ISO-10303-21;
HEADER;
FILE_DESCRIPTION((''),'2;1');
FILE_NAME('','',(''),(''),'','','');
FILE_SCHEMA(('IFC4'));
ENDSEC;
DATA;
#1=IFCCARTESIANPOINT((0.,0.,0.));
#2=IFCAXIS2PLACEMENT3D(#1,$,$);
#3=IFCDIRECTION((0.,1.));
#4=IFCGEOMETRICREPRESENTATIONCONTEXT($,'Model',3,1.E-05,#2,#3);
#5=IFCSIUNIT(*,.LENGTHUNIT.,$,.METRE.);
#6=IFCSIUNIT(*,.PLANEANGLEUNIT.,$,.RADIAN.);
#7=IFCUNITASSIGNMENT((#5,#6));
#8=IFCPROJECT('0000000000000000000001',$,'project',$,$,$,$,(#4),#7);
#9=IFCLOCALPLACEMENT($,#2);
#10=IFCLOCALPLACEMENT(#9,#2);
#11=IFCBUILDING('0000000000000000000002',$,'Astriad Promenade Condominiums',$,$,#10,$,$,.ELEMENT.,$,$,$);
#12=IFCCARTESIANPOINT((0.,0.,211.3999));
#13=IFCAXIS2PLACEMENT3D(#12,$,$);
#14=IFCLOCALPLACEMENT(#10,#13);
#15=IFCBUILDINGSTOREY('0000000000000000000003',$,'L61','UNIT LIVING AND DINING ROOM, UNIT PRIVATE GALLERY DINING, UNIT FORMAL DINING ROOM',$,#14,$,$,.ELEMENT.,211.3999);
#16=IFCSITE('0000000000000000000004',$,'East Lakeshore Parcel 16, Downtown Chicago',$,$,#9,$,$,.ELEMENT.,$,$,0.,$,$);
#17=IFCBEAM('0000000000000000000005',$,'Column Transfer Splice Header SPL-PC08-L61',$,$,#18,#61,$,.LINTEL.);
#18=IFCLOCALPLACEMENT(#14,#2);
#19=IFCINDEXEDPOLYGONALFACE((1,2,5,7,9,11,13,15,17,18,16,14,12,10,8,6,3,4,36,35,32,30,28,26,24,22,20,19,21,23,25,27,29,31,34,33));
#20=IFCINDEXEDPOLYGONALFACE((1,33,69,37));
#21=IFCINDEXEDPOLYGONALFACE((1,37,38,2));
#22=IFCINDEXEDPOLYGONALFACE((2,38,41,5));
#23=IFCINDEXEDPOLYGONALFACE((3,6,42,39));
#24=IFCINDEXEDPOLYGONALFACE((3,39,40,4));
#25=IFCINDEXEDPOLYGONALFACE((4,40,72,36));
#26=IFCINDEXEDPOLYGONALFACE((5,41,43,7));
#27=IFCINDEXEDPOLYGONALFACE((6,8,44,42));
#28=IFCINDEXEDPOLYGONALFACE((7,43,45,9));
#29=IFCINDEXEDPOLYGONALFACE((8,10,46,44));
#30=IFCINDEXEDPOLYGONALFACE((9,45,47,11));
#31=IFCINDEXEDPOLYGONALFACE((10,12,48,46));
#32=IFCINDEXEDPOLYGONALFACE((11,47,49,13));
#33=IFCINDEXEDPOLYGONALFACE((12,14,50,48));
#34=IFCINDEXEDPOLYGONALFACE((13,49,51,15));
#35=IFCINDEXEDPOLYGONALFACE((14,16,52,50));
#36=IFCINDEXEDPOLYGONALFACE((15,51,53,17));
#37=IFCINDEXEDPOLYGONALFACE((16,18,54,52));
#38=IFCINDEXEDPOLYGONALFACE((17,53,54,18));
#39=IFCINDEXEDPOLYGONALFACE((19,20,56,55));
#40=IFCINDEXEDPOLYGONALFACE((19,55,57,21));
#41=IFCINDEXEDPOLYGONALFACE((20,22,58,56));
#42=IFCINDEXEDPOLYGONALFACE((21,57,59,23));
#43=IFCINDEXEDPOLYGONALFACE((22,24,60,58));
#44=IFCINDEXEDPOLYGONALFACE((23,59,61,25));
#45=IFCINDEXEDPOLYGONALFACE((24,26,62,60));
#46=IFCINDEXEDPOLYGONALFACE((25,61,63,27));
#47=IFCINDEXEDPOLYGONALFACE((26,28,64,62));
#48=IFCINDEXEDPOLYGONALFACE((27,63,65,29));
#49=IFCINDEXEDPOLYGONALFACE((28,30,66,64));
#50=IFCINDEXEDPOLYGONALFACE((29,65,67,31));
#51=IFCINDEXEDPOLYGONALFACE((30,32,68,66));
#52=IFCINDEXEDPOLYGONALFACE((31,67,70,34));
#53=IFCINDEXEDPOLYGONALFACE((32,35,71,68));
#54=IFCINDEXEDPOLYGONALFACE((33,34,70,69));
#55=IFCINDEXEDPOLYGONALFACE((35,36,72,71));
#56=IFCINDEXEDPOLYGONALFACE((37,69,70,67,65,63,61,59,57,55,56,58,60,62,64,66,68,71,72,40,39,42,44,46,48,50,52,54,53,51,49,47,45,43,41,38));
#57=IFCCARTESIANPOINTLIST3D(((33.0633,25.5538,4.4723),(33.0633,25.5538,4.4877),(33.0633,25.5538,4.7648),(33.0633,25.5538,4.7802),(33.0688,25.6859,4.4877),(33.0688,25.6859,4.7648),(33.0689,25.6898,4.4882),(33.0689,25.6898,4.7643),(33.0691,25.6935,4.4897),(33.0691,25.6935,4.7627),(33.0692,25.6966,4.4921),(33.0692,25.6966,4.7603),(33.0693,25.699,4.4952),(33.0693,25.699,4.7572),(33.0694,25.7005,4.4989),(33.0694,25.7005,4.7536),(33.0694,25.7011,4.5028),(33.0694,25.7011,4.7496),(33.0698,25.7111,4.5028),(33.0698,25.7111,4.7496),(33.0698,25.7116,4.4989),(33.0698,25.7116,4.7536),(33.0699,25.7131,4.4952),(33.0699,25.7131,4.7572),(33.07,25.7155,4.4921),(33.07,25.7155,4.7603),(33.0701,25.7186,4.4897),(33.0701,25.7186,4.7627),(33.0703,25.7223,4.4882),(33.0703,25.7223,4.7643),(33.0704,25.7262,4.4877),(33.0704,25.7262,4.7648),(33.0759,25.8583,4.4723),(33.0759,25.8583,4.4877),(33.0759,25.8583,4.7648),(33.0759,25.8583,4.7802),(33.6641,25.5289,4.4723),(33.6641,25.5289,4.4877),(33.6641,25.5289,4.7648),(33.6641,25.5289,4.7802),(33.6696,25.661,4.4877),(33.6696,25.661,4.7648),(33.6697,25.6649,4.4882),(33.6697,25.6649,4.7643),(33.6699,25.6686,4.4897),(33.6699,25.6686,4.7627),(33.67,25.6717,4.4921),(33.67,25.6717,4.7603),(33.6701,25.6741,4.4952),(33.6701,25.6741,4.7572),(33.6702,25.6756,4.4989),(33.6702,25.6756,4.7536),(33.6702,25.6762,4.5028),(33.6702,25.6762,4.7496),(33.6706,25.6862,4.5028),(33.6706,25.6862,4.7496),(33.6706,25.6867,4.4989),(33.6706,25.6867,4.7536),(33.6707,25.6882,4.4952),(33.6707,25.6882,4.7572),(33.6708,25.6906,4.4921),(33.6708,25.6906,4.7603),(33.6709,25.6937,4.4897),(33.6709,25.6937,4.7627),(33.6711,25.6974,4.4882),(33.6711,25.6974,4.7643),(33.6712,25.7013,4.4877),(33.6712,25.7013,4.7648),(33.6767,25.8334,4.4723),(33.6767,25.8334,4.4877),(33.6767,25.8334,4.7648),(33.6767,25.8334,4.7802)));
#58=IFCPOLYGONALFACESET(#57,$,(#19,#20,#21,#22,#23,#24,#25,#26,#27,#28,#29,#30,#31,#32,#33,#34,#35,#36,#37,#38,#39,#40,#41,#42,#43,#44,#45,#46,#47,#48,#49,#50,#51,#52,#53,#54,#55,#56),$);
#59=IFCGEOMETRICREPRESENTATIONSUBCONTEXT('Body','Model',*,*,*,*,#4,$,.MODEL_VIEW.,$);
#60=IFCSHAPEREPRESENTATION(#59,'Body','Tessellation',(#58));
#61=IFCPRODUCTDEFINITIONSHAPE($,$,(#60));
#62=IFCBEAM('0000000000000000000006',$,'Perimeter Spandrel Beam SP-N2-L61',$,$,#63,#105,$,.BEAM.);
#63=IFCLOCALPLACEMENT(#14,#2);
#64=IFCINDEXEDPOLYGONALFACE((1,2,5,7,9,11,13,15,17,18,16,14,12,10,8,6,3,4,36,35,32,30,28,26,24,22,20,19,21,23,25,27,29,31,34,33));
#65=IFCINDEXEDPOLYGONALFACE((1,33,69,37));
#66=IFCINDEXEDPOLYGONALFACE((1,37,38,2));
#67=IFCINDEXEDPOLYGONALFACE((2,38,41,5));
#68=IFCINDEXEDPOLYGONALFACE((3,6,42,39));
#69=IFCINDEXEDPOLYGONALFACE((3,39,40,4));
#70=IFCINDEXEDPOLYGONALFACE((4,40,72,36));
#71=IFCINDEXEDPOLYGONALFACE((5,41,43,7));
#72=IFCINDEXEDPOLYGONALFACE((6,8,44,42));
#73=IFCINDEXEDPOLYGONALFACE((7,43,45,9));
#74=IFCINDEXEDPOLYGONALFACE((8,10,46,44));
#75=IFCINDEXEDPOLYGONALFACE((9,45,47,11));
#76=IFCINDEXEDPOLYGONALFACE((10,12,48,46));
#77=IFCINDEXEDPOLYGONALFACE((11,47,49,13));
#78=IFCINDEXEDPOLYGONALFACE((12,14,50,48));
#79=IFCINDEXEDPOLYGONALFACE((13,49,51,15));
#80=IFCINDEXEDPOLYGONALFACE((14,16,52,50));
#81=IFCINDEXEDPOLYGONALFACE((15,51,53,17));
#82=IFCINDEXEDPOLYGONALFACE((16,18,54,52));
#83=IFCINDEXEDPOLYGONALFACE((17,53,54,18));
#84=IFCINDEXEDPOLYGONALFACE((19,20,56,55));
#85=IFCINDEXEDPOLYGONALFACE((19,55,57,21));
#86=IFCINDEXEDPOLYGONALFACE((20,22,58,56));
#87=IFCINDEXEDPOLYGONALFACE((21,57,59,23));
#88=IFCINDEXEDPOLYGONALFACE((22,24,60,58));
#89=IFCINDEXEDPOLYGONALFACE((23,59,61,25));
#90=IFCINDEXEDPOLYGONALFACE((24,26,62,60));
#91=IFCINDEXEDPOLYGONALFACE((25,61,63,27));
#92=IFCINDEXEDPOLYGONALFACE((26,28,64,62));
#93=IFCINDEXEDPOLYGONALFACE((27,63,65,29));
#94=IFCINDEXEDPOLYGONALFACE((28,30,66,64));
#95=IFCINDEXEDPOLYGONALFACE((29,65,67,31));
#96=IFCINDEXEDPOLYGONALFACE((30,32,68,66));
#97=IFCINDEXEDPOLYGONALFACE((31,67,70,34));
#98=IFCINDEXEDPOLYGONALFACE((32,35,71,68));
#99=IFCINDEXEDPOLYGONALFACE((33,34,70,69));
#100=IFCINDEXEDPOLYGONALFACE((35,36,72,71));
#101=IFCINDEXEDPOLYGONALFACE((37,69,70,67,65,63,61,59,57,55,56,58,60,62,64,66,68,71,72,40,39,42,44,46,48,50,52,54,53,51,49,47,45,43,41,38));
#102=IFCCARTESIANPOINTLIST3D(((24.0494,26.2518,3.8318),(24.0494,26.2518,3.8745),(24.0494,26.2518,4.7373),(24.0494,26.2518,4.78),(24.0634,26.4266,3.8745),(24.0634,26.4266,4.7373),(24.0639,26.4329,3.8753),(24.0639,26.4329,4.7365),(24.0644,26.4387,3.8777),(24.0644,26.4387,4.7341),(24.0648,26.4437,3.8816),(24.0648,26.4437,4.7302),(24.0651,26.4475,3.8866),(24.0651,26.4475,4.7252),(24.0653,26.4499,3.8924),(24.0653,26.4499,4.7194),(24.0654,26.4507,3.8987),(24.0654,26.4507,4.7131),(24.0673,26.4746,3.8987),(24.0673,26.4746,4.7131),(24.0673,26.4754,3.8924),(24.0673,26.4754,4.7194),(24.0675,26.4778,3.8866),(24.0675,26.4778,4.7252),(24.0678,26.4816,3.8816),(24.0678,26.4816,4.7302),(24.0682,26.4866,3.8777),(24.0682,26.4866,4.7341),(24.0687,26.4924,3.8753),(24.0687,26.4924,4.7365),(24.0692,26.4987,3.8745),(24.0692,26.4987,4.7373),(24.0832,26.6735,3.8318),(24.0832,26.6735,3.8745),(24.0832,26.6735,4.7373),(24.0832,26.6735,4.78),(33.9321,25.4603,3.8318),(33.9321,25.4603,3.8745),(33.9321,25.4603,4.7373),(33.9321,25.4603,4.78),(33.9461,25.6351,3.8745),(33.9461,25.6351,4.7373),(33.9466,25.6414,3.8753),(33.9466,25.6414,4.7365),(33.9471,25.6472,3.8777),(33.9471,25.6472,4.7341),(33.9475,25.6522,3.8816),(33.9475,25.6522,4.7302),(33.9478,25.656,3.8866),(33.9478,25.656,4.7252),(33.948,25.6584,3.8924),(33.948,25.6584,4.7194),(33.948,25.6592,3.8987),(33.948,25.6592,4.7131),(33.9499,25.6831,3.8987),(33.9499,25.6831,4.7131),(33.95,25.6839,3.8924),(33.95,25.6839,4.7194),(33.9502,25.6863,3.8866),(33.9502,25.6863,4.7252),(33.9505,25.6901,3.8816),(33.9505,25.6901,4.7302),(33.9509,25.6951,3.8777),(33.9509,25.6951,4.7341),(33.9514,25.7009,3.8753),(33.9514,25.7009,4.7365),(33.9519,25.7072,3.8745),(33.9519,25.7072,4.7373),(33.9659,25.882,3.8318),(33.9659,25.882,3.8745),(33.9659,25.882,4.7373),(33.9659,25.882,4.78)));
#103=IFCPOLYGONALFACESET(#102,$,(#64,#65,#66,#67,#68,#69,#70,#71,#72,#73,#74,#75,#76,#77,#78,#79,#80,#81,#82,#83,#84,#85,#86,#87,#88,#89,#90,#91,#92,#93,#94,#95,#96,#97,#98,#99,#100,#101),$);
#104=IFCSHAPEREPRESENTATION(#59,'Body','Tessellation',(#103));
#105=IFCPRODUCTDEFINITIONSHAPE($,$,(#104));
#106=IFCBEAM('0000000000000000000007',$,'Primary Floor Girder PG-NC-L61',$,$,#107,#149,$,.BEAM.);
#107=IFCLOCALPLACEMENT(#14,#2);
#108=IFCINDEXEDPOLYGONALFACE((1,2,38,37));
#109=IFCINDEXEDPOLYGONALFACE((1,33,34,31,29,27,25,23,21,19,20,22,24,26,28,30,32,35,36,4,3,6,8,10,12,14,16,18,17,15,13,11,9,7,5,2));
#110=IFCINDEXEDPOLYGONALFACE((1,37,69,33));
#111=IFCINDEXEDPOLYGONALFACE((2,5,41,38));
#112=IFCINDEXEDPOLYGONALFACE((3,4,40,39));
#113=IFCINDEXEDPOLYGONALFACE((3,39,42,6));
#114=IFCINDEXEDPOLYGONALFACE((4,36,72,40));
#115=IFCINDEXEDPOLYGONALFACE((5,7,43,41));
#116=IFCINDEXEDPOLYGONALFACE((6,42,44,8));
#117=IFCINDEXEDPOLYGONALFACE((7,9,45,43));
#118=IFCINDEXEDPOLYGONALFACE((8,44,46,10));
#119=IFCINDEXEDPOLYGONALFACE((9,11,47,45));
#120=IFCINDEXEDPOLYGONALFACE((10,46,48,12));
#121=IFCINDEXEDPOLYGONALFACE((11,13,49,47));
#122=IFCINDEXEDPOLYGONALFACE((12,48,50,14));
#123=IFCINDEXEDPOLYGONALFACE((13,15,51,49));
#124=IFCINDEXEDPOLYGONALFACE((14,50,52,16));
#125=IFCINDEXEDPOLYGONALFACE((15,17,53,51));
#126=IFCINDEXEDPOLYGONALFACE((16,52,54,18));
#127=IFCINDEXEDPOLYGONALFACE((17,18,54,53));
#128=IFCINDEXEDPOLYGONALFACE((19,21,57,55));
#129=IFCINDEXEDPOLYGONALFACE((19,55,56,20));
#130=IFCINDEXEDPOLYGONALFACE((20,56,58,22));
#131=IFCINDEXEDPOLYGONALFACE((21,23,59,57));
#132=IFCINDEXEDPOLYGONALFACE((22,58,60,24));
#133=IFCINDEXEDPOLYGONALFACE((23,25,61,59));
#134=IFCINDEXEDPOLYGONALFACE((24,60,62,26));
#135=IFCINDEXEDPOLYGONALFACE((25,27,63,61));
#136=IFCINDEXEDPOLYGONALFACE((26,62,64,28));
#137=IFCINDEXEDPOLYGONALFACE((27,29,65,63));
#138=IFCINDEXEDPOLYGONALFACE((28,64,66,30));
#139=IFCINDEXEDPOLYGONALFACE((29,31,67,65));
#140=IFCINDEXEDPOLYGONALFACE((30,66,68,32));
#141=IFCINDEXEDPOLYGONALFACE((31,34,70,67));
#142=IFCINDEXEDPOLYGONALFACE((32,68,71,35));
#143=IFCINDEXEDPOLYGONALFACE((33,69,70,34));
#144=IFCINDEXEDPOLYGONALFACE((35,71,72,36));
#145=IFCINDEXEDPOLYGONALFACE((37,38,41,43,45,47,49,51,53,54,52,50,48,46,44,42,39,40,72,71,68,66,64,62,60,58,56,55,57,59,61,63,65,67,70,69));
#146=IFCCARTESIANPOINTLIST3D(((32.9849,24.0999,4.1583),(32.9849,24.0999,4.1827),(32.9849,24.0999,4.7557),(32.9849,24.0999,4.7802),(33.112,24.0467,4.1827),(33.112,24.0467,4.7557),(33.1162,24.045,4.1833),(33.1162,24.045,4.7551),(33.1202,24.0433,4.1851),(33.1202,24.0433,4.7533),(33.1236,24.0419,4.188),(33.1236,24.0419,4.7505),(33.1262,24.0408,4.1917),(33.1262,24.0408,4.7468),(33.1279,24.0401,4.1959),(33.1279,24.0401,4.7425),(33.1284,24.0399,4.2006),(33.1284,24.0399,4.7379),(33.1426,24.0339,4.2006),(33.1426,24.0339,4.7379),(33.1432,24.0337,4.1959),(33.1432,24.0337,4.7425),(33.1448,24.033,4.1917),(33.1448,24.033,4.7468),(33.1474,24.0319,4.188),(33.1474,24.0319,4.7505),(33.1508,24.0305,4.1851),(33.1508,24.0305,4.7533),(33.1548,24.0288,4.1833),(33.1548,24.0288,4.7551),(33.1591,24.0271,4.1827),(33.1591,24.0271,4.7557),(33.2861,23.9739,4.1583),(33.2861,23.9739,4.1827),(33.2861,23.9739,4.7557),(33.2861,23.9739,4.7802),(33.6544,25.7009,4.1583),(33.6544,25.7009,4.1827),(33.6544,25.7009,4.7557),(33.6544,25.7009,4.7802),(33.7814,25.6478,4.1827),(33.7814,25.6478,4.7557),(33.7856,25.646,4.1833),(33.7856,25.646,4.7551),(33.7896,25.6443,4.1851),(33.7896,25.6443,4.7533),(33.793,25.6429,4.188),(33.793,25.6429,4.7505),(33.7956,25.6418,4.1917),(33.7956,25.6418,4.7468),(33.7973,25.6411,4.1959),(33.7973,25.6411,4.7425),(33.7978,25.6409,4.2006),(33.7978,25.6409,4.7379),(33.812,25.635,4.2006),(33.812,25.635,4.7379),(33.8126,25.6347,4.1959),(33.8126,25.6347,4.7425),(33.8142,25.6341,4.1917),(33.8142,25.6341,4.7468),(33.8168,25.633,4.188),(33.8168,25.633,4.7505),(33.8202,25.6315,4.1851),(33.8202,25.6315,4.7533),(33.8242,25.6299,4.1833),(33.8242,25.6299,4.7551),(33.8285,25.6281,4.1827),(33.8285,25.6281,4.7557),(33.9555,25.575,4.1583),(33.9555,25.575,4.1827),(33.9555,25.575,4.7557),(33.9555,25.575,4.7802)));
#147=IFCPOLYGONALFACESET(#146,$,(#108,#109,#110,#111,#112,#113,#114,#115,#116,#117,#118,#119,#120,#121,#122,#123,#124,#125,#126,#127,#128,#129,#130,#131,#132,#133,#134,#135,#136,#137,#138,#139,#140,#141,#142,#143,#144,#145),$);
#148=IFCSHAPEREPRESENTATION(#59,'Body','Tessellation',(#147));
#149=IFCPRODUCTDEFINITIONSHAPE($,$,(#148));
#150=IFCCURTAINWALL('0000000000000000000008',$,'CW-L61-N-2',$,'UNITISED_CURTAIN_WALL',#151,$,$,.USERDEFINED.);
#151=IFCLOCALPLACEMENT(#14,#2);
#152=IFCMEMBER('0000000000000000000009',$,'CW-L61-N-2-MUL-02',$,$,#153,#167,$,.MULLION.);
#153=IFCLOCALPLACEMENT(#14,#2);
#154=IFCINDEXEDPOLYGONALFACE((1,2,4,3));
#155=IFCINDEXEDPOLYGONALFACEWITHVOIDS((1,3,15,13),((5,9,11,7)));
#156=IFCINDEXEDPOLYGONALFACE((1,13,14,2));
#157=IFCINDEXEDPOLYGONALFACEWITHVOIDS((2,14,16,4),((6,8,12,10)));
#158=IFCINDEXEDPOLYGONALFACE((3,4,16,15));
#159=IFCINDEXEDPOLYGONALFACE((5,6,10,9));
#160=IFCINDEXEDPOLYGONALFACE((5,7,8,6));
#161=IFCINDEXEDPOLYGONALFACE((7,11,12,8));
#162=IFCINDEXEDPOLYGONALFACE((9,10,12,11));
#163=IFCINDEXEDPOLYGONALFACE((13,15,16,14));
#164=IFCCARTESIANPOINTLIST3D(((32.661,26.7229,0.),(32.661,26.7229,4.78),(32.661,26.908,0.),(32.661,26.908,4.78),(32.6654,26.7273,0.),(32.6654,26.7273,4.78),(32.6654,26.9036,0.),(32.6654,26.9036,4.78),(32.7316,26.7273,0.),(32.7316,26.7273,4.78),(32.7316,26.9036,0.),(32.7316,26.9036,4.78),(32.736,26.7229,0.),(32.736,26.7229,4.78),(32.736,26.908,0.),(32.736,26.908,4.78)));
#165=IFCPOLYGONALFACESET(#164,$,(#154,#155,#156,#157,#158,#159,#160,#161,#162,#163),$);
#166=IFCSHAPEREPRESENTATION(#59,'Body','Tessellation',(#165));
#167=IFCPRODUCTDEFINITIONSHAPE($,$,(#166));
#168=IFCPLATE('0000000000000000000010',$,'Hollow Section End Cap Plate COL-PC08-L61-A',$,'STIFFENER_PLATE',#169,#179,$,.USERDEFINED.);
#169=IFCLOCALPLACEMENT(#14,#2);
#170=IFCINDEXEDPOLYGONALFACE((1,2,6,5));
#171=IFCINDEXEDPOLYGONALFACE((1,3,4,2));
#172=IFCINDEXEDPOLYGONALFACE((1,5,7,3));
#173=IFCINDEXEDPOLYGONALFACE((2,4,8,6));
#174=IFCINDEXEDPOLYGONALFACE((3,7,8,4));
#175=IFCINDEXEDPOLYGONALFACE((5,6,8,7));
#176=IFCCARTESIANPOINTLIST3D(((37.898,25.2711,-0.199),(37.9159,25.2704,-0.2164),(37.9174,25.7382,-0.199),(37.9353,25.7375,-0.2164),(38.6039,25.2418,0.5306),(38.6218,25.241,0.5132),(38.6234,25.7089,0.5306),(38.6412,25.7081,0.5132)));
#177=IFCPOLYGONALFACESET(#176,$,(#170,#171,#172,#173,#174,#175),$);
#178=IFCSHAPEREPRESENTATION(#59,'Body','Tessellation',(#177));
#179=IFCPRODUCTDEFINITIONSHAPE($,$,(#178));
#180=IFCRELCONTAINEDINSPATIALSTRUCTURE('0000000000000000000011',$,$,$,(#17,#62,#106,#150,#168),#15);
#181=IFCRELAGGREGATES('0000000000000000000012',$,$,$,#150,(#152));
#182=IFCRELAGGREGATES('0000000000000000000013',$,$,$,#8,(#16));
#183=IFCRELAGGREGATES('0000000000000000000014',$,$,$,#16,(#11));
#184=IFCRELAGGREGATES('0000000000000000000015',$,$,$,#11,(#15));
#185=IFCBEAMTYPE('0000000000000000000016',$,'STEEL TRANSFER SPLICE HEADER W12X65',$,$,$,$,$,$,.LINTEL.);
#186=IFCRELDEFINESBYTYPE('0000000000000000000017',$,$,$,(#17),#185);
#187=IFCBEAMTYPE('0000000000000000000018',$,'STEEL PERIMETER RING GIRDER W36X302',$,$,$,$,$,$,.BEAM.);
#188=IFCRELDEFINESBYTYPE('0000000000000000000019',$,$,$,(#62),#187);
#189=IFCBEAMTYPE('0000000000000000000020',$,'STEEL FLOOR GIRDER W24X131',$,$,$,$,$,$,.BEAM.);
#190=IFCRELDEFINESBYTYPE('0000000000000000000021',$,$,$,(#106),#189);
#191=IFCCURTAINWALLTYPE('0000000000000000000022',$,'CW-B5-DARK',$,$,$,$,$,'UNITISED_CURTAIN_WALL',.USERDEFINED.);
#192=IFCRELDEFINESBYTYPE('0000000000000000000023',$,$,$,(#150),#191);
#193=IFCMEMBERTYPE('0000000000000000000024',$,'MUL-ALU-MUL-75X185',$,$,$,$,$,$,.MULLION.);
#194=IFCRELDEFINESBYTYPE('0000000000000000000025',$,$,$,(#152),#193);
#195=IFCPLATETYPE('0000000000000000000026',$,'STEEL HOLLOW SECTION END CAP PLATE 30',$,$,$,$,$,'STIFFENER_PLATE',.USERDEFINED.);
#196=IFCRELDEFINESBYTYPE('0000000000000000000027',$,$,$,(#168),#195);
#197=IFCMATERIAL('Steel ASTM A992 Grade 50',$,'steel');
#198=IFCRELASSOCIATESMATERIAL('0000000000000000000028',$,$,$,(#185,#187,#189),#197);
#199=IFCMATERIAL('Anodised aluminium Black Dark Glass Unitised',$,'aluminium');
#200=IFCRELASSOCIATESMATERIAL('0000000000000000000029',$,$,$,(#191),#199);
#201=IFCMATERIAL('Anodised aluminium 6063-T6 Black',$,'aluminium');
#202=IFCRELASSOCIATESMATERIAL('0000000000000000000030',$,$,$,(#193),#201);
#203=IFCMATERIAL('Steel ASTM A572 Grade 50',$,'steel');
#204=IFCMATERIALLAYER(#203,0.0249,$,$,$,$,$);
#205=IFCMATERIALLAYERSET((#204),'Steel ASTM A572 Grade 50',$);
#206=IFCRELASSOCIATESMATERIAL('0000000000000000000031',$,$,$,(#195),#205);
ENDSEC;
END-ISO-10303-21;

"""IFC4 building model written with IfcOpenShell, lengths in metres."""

from ifc_helpers import new_model, si_unit, direction, frame, origin, origin_2d, place, context, subcontext, project, spatial, rectangle, hollow_rectangle, i_section, extrude, source, transform, mapped, material, layer, layer_set, material_profile, profile_set, type_object, type_shapes, element, aggregate, save


model = new_model("IFC4")

# Units and contexts
model_context = context("Model", 3, precision=1e-05, world=origin(), true_north=direction((0.0, 1.0)))
body_context = subcontext(model_context, "Body", "Model", "MODEL_VIEW")
ifc_project = project(units=[si_unit("LENGTHUNIT", "METRE"), si_unit("PLANEANGLEUNIT", "RADIAN")], contexts=[model_context])

# Site, building, storey
site_placement = place(None, origin())
site = spatial("IfcSite", under=ifc_project, at=site_placement, Name="East Lakeshore Parcel 16, Downtown Chicago", CompositionType="ELEMENT", RefElevation=0.0)
building_placement = place(site_placement, origin())
building = spatial("IfcBuilding", under=site, at=building_placement, Name="Astriad Promenade Condominiums", CompositionType="ELEMENT")
storey_placement = place(building_placement, frame((0.0, 0.0, 211.3999)))
storey = spatial("IfcBuildingStorey", under=building, at=storey_placement, Name="L61", Description="UNIT LIVING AND DINING ROOM, UNIT PRIVATE GALLERY DINING, UNIT FORMAL DINING ROOM", CompositionType="ELEMENT", Elevation=211.3999)

# Shared definitions
ifc_material_1 = material(Name="Steel ASTM A992 Grade 50", Category="steel")

# Beams
ifc_material_profile_1 = material_profile(ifc_material_1, i_section(OverallWidth=0.3047, OverallDepth=0.3079, WebThickness=0.01, FlangeThickness=0.0154, FilletRadius=0.0151, at=origin_2d()), Name="W12X65")
ifc_profile_set_1 = profile_set([ifc_material_profile_1], Name="Steel ASTM A992 Grade 50")
beam_type_1 = type_object("IfcBeamType", Name="STEEL TRANSFER SPLICE HEADER W12X65", PredefinedType="LINTEL", material=ifc_profile_set_1)
shared_shape_1 = source(origin(), body_context, "Body", "SweptSolid", [
    extrude(i_section(OverallWidth=0.3047, OverallDepth=0.3079, WebThickness=0.01, FlangeThickness=0.0154, FilletRadius=0.0151, at=origin_2d()), origin(), (0.0, 0.0, 1.0), 0.6013),
])
type_shapes(beam_type_1, [shared_shape_1])
beam_1_placement = place(storey_placement, frame((33.6704, 25.6812, 4.6262), z_axis=(-0.999142, 0.041411, 0.0), x_axis=(-0.041411, -0.999142, 0.0)))
element("IfcBeam", 1, at=beam_1_placement, inside=storey, type_object=beam_type_1, Name="Column Transfer Splice Header SPL-PC08-L61", PredefinedType="LINTEL", context=body_context, shape_type="MappedRepresentation", body=[
    mapped(shared_shape_1, transform((0.0, 0.0, 0.0), scale=1.0)),
])
ifc_material_profile_2 = material_profile(ifc_material_1, i_section(OverallWidth=0.4231, OverallDepth=0.9482, WebThickness=0.0239, FlangeThickness=0.0427, FilletRadius=0.0242, at=origin_2d()), Name="W36X302")
ifc_profile_set_2 = profile_set([ifc_material_profile_2], Name="Steel ASTM A992 Grade 50")
beam_type_2 = type_object("IfcBeamType", Name="STEEL PERIMETER RING GIRDER W36X302", PredefinedType="BEAM", material=ifc_profile_set_2)
shared_shape_2 = source(origin(), body_context, "Body", "SweptSolid", [
    extrude(i_section(OverallWidth=0.4231, OverallDepth=0.9482, WebThickness=0.0239, FlangeThickness=0.0427, FilletRadius=0.0242, at=origin_2d()), origin(), (0.0, 0.0, 1.0), 9.9143),
])
type_shapes(beam_type_2, [shared_shape_2])
beam_2_placement = place(storey_placement, frame((33.949, 25.6711, 4.3059), z_axis=(-0.996808, 0.079835, 0.0), x_axis=(-0.079835, -0.996808, 0.0)))
element("IfcBeam", 2, at=beam_2_placement, inside=storey, type_object=beam_type_2, Name="Perimeter Spandrel Beam SP-N2-L61", PredefinedType="BEAM", context=body_context, shape_type="MappedRepresentation", body=[
    mapped(shared_shape_2, transform((0.0, 0.0, 0.0), scale=1.0)),
])
ifc_material_profile_3 = material_profile(ifc_material_1, i_section(OverallWidth=0.3264, OverallDepth=0.6218, WebThickness=0.0154, FlangeThickness=0.0244, FilletRadius=0.0178, at=origin_2d()), Name="W24X131")
ifc_profile_set_3 = profile_set([ifc_material_profile_3], Name="Steel ASTM A992 Grade 50")
beam_type_3 = type_object("IfcBeamType", Name="STEEL FLOOR GIRDER W24X131", PredefinedType="BEAM", material=ifc_profile_set_3)
shared_shape_3 = source(origin(), body_context, "Body", "SweptSolid", [
    extrude(i_section(OverallWidth=0.3264, OverallDepth=0.6218, WebThickness=0.0154, FlangeThickness=0.0244, FilletRadius=0.0178, at=origin_2d()), origin(), (0.0, 0.0, 1.0), 1.7354),
])
type_shapes(beam_type_3, [shared_shape_3])
beam_3_placement = place(storey_placement, frame((33.8049, 25.6379, 4.4692), z_axis=(-0.385754, -0.922602, 0.0), x_axis=(0.922602, -0.385754, 0.0)))
element("IfcBeam", 3, at=beam_3_placement, inside=storey, type_object=beam_type_3, Name="Primary Floor Girder PG-NC-L61", PredefinedType="BEAM", context=body_context, shape_type="MappedRepresentation", body=[
    mapped(shared_shape_3, transform((0.0, 0.0, 0.0), scale=1.0)),
])

# Curtain wall, member
ifc_material_2 = material(Name="Anodised aluminium Black Dark Glass Unitised", Category="aluminium")
curtain_wall_type = type_object("IfcCurtainWallType", Name="CW-B5-DARK", ElementType="UNITISED_CURTAIN_WALL", PredefinedType="USERDEFINED", material=ifc_material_2)
curtain_wall_placement = place(storey_placement, origin())
curtain_wall = element("IfcCurtainWall", 4, at=curtain_wall_placement, inside=storey, type_object=curtain_wall_type, Name="CW-L61-N-2", ObjectType="UNITISED_CURTAIN_WALL", PredefinedType="USERDEFINED")
ifc_material_3 = material(Name="Anodised aluminium 6063-T6 Black", Category="aluminium")
ifc_material_profile_4 = material_profile(ifc_material_3, hollow_rectangle(XDim=0.075, YDim=0.1851, WallThickness=0.0044, at=origin_2d()), Name="ALU-MUL-75X185")
ifc_profile_set_4 = profile_set([ifc_material_profile_4], Name="Anodised aluminium 6063-T6 Black")
member_type = type_object("IfcMemberType", Name="MUL-ALU-MUL-75X185", PredefinedType="MULLION", material=ifc_profile_set_4)
shared_shape_4 = source(origin(), body_context, "Body", "SweptSolid", [
    extrude(hollow_rectangle(XDim=0.075, YDim=0.1851, WallThickness=0.0044, at=origin_2d()), origin(), (0.0, 0.0, 1.0), 4.78),
])
type_shapes(member_type, [shared_shape_4])
member_placement = place(storey_placement, frame((32.6985, 26.8154, 0.0), z_axis=(0.0, 0.0, 1.0), x_axis=(1.0, 0.0, 0.0)))
member = element("IfcMember", 5, at=member_placement, type_object=member_type, Name="CW-L61-N-2-MUL-02", PredefinedType="MULLION", context=body_context, shape_type="MappedRepresentation", body=[
    mapped(shared_shape_4, transform((0.0, 0.0, 0.0), scale=1.0)),
])
aggregate(curtain_wall, [member])

# Plate
ifc_material_4 = material(Name="Steel ASTM A572 Grade 50", Category="steel")
ifc_layer_1 = layer(ifc_material_4, 0.0249)
ifc_layer_set_1 = layer_set([ifc_layer_1], Name="Steel ASTM A572 Grade 50")
plate_type = type_object("IfcPlateType", Name="STEEL HOLLOW SECTION END CAP PLATE 30", ElementType="STIFFENER_PLATE", PredefinedType="USERDEFINED", material=ifc_layer_set_1)
shared_shape_5 = source(origin(), body_context, "Body", "SweptSolid", [
    extrude(rectangle(XDim=0.4675, YDim=1.0156, at=origin_2d()), origin(), (0.0, 0.0, 1.0), 0.0249),
])
type_shapes(plate_type, [shared_shape_5])
for number, where, z_axis, x_axis, name in (
    (6, (38.2786, 25.4893, 0.1484), (-0.717745, 0.029851, 0.695666), (-0.041554, -0.999136, 0.0), "Hollow Section End Cap Plate COL-PC08-L61-A"),
):
    element("IfcPlate", number, at=place(storey_placement, frame(where, z_axis=z_axis, x_axis=x_axis)), inside=storey, type_object=plate_type, Name=name, ObjectType="STIFFENER_PLATE", PredefinedType="USERDEFINED", context=body_context, shape_type="MappedRepresentation", body=[
        mapped(shared_shape_5, transform((0.0, 0.0, 0.0), scale=1.0)),
    ])

save(model, "model.ifc")
